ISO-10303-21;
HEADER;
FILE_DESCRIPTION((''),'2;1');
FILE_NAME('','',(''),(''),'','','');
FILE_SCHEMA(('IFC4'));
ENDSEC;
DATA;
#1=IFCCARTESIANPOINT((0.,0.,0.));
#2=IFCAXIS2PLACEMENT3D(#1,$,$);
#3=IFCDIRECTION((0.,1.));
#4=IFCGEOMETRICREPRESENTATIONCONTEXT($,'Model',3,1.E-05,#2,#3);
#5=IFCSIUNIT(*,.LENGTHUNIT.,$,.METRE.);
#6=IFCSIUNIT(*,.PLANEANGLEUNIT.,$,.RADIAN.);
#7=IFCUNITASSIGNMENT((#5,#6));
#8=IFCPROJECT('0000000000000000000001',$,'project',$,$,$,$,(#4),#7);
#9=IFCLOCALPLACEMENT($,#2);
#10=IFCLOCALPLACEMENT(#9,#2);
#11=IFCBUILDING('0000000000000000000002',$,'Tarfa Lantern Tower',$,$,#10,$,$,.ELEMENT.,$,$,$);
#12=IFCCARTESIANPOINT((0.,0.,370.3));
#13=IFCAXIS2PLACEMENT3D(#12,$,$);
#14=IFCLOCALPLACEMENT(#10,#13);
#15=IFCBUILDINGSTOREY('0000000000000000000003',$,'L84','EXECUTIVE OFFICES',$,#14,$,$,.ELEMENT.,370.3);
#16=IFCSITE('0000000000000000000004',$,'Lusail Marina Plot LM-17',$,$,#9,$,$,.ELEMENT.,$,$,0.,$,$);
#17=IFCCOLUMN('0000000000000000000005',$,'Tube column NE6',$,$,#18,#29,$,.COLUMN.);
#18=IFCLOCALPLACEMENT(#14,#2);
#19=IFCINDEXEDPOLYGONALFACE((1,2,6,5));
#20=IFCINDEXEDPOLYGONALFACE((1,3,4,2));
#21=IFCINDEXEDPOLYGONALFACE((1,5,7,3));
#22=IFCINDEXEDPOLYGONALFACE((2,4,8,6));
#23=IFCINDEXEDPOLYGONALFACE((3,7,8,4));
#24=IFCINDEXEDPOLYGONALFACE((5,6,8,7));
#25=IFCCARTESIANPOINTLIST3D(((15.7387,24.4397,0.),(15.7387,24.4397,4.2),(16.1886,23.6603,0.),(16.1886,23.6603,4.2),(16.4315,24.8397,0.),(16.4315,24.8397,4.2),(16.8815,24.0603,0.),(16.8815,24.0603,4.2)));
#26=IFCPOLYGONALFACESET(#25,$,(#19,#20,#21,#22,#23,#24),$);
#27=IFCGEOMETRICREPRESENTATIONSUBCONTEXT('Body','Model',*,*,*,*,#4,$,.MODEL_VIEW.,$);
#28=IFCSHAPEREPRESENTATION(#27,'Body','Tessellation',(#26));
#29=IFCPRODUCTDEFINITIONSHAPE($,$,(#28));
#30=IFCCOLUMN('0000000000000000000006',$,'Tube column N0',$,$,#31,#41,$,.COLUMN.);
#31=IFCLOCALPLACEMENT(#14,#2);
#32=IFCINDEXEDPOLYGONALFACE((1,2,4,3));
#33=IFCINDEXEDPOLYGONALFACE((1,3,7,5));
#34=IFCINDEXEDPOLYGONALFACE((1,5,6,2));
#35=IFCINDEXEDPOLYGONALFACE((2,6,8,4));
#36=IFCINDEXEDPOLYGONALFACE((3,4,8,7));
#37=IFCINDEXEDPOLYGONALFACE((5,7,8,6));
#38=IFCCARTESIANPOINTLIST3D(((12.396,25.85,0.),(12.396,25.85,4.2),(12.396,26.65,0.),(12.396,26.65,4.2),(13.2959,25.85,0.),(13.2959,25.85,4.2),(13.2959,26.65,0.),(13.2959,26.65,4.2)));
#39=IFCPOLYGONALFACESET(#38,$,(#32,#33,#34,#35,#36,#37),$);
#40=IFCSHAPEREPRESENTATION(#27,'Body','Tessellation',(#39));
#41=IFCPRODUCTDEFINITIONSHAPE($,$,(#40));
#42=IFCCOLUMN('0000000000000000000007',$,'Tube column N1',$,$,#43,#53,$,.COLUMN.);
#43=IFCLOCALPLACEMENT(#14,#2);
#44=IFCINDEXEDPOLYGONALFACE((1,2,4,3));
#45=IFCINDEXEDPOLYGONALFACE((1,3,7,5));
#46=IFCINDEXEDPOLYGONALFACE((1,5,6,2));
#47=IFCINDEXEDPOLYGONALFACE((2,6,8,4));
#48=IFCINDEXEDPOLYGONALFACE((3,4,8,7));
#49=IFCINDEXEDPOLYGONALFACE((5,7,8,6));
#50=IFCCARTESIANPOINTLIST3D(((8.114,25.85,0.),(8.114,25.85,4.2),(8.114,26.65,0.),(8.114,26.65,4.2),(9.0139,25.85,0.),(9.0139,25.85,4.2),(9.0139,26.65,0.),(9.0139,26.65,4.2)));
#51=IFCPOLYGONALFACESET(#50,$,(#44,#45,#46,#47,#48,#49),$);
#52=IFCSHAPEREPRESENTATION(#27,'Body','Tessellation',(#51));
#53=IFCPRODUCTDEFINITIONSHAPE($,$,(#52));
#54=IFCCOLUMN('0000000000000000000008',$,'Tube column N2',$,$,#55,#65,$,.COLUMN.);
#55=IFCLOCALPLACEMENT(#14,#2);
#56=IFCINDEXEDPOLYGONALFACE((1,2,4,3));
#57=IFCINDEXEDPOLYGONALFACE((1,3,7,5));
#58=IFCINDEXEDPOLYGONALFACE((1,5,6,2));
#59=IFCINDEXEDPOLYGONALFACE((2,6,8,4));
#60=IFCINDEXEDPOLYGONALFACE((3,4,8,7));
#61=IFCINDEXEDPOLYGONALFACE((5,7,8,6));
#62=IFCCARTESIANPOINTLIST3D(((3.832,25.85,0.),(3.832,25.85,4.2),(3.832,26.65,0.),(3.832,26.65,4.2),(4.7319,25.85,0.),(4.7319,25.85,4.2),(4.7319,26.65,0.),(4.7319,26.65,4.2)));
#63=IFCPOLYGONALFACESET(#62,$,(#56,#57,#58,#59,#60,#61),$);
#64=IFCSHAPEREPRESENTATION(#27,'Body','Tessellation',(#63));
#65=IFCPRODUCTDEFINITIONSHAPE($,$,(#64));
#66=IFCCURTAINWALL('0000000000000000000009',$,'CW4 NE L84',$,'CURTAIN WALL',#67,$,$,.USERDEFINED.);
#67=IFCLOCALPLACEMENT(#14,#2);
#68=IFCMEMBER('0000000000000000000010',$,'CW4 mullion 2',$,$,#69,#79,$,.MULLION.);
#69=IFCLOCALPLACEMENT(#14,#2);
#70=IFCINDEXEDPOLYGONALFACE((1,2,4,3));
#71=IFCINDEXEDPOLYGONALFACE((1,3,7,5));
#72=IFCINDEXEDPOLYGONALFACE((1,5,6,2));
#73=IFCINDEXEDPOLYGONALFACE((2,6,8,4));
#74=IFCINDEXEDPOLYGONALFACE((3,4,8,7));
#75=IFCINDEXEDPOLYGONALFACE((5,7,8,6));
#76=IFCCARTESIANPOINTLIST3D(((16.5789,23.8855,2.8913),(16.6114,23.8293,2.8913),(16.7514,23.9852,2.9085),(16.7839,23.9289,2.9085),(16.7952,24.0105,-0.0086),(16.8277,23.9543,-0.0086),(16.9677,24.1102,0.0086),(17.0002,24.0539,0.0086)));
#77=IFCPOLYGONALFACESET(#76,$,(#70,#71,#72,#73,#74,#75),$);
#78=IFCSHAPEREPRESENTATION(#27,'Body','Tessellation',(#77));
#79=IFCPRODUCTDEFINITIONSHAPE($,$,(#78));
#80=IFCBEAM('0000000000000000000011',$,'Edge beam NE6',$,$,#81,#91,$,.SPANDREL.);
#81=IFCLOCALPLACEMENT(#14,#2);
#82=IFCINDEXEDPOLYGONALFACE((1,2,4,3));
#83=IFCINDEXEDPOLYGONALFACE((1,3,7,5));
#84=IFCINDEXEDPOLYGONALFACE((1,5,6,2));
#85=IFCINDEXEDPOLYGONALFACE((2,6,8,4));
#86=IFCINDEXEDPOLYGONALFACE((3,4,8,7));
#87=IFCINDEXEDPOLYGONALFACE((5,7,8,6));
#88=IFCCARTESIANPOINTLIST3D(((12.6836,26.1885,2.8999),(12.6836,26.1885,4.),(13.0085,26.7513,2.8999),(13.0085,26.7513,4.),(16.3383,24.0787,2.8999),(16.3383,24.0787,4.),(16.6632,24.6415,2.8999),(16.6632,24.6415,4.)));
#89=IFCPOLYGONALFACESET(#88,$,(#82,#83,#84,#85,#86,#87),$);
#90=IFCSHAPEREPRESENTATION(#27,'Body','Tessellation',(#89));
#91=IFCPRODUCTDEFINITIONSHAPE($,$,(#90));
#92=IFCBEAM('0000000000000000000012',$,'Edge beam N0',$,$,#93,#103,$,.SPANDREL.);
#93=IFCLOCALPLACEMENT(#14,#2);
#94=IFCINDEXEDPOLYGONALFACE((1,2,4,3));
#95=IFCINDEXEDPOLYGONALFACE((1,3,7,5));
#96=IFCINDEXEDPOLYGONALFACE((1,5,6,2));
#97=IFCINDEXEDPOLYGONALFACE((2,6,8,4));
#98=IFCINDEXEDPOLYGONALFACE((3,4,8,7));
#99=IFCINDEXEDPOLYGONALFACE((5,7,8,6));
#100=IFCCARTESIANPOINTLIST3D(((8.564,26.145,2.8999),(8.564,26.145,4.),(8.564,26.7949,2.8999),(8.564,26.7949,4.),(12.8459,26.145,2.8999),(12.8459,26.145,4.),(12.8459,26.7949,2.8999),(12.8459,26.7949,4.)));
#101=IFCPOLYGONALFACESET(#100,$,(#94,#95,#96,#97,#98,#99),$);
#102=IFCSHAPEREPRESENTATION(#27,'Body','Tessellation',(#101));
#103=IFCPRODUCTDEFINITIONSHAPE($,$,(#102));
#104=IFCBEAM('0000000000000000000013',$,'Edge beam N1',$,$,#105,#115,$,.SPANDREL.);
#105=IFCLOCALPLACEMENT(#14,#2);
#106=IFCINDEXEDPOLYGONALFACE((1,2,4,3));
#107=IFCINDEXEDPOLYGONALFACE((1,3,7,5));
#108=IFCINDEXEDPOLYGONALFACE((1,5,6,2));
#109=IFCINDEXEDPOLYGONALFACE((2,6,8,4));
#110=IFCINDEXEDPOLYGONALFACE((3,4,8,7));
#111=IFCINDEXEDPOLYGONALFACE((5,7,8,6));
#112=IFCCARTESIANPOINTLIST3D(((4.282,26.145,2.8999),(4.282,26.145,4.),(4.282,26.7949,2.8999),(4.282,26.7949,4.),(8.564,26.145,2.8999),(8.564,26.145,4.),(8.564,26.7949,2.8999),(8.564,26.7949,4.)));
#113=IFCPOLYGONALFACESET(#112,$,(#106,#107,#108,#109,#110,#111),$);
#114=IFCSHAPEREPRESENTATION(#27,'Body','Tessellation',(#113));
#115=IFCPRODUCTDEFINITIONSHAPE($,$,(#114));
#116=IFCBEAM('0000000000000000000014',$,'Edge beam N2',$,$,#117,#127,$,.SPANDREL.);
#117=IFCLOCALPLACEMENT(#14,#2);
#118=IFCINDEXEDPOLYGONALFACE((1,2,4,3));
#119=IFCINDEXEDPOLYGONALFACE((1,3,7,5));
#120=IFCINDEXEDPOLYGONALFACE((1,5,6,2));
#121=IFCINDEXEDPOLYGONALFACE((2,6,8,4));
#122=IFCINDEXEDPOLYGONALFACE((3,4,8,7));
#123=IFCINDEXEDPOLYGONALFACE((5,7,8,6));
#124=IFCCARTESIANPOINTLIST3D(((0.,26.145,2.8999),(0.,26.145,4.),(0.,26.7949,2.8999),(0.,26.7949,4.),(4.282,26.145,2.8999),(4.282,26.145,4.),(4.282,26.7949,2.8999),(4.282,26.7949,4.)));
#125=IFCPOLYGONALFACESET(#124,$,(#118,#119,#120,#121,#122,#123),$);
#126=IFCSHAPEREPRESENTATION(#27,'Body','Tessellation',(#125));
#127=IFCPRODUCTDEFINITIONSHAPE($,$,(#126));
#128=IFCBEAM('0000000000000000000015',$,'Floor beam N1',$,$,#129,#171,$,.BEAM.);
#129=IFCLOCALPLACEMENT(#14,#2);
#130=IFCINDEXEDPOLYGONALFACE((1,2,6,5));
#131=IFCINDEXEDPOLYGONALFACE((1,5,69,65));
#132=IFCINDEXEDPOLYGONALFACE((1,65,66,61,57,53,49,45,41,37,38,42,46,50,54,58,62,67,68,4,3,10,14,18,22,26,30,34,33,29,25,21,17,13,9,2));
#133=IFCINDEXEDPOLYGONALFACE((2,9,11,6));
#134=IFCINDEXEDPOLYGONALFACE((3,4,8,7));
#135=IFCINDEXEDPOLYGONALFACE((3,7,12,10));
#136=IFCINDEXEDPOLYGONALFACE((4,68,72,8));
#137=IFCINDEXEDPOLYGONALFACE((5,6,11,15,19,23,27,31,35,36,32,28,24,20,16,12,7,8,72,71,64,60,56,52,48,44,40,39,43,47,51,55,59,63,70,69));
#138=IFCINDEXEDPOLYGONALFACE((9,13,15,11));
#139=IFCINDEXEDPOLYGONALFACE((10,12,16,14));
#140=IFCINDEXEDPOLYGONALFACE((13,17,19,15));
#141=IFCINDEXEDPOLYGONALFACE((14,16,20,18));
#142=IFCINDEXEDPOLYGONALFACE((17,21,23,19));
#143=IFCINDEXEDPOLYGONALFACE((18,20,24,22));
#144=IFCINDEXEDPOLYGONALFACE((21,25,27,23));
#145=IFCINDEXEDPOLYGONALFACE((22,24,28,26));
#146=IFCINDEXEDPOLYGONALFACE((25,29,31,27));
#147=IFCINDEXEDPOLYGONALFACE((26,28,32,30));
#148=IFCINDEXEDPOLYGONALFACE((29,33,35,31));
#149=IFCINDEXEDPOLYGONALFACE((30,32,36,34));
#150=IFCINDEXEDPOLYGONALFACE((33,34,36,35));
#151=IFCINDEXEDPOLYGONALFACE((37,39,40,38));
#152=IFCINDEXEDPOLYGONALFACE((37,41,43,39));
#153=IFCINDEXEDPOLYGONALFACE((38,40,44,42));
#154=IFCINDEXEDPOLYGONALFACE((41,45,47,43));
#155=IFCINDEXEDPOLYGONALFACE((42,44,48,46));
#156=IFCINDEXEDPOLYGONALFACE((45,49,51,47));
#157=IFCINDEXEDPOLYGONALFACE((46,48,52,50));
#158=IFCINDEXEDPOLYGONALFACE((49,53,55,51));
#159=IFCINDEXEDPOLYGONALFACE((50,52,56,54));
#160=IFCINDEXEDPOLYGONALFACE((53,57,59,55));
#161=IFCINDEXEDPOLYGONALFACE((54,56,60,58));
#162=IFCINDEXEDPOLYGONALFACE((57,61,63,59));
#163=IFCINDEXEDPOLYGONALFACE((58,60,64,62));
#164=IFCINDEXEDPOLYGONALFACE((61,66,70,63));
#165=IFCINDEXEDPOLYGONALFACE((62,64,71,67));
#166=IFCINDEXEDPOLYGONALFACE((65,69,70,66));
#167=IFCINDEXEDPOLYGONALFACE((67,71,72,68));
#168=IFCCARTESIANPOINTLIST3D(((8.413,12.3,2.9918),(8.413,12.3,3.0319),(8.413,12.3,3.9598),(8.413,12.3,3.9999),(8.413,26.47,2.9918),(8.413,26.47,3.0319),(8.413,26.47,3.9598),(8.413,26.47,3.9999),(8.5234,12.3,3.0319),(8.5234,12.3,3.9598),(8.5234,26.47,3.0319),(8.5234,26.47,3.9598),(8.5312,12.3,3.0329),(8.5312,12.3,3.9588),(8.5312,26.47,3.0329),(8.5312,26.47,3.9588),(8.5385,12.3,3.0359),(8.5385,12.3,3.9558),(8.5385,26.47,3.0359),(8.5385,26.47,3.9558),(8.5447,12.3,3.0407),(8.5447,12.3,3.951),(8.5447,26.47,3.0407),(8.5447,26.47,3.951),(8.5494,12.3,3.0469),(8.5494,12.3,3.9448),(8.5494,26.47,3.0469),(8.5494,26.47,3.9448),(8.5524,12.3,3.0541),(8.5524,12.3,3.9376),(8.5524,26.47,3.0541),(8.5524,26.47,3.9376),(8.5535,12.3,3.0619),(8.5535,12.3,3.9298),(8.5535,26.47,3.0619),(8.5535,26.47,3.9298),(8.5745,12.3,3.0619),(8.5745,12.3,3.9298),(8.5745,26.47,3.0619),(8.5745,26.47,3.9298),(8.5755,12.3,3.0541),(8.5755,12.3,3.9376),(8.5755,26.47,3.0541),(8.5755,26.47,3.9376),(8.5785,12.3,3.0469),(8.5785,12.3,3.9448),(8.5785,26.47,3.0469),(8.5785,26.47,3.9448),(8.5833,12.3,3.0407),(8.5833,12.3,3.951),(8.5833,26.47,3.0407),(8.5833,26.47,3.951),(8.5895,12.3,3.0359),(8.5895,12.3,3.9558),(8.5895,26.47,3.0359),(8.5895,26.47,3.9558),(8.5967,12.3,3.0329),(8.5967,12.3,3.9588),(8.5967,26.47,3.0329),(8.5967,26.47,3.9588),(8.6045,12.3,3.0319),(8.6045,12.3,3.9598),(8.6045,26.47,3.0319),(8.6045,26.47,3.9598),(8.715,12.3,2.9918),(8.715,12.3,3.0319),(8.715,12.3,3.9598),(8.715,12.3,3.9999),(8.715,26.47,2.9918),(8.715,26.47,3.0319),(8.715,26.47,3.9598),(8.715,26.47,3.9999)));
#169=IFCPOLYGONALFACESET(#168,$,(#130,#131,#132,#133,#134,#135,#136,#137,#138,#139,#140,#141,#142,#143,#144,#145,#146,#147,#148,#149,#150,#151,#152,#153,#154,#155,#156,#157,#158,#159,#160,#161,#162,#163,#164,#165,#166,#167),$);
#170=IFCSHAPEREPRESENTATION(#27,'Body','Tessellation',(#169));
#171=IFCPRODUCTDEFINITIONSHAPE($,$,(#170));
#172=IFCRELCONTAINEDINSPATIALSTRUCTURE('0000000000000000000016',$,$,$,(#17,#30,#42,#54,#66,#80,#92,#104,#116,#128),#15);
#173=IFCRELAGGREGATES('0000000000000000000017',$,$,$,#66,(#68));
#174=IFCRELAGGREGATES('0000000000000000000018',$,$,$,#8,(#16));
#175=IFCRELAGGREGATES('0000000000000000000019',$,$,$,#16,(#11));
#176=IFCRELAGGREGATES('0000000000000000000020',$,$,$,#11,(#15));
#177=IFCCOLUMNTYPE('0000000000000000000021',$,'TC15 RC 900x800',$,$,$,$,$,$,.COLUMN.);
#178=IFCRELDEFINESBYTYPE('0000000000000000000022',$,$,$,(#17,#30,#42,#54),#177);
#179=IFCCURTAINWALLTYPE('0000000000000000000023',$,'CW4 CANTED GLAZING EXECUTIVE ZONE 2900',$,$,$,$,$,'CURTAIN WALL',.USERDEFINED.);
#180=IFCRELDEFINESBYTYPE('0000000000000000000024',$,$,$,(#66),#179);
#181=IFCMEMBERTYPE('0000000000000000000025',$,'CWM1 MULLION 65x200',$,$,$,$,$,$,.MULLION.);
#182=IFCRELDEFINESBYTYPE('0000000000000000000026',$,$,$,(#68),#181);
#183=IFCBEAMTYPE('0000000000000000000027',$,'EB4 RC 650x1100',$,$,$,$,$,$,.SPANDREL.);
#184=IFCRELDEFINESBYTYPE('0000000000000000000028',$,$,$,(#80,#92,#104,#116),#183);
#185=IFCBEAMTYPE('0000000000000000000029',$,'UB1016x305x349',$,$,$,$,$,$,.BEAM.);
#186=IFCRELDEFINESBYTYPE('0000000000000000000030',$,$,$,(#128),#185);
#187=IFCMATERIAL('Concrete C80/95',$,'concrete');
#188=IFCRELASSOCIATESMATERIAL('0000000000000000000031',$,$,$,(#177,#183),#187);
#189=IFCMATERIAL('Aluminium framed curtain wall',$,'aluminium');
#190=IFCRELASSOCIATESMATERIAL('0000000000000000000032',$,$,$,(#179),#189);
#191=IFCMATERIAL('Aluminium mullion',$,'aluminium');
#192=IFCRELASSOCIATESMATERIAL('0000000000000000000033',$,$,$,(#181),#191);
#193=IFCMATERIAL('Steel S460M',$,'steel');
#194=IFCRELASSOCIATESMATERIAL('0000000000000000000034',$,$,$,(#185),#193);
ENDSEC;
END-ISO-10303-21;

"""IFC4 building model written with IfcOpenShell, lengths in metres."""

from ifc_helpers import new_model, si_unit, direction, frame, origin, origin_2d, place, context, subcontext, project, spatial, rectangle, i_section, extrude, material, material_profile, profile_set, type_object, element, aggregate, save


model = new_model("IFC4")

# Units and contexts
model_context = context("Model", 3, precision=1e-05, world=origin(), true_north=direction((0.0, 1.0)))
body_context = subcontext(model_context, "Body", "Model", "MODEL_VIEW")
ifc_project = project(units=[si_unit("LENGTHUNIT", "METRE"), si_unit("PLANEANGLEUNIT", "RADIAN")], contexts=[model_context])

# Site, building, storey
site_placement = place(None, origin())
site = spatial("IfcSite", under=ifc_project, at=site_placement, Name="Lusail Marina Plot LM-17", CompositionType="ELEMENT", RefElevation=0.0)
building_placement = place(site_placement, origin())
building = spatial("IfcBuilding", under=site, at=building_placement, Name="Tarfa Lantern Tower", CompositionType="ELEMENT")
storey_placement = place(building_placement, frame((0.0, 0.0, 370.3)))
storey = spatial("IfcBuildingStorey", under=building, at=storey_placement, Name="L84", Description="EXECUTIVE OFFICES", CompositionType="ELEMENT", Elevation=370.3)

# Columns
ifc_material_1 = material(Name="Concrete C80/95", Category="concrete")
ifc_material_profile_1 = material_profile(ifc_material_1, rectangle(XDim=0.8999, YDim=0.8, at=origin_2d()), Name="RC 900x800")
ifc_profile_set_1 = profile_set([ifc_material_profile_1], Name="Concrete C80/95")
column_type = type_object("IfcColumnType", Name="TC15 RC 900x800", PredefinedType="COLUMN", material=ifc_profile_set_1)
for number, where, z_axis, x_axis, name in (
    (1, (16.3101, 24.25, 0.0), (0.0, 0.0, 1.0), (-0.5, 0.866025, 0.0), "Tube column NE6"),
    (2, (12.8459, 26.25, 0.0), (0.0, 0.0, 1.0), (-1.0, 0.0, 0.0), "Tube column N0"),
    (3, (8.564, 26.25, 0.0), (0.0, 0.0, 1.0), (-1.0, 0.0, 0.0), "Tube column N1"),
    (4, (4.282, 26.25, 0.0), (0.0, 0.0, 1.0), (-1.0, 0.0, 0.0), "Tube column N2"),
):
    element("IfcColumn", number, at=place(storey_placement, frame(where, z_axis=z_axis, x_axis=x_axis)), inside=storey, type_object=column_type, Name=name, PredefinedType="COLUMN", context=body_context, shape_type="SweptSolid", body=[
        extrude(rectangle(XDim=0.8999, YDim=0.8, at=origin_2d()), origin(), (0.0, 0.0, 1.0), 4.2),
    ])

# Curtain wall, member
ifc_material_2 = material(Name="Aluminium framed curtain wall", Category="aluminium")
curtain_wall_type = type_object("IfcCurtainWallType", Name="CW4 CANTED GLAZING EXECUTIVE ZONE 2900", ElementType="CURTAIN WALL", PredefinedType="USERDEFINED", material=ifc_material_2)
curtain_wall_placement = place(storey_placement, origin())
curtain_wall = element("IfcCurtainWall", 5, at=curtain_wall_placement, inside=storey, type_object=curtain_wall_type, Name="CW4 NE L84", ObjectType="CURTAIN WALL", PredefinedType="USERDEFINED")
ifc_material_3 = material(Name="Aluminium mullion", Category="aluminium")
ifc_material_profile_2 = material_profile(ifc_material_3, rectangle(XDim=0.0649, YDim=0.2, at=origin_2d()), Name="AL MULLION 65x200")
ifc_profile_set_2 = profile_set([ifc_material_profile_2], Name="Aluminium mullion")
member_type = type_object("IfcMemberType", Name="CWM1 MULLION 65x200", PredefinedType="MULLION", material=ifc_profile_set_2)
member_placement = place(storey_placement, frame((16.8977, 24.0322, 0.0), z_axis=(-0.074316, -0.042946, 0.99631), x_axis=(0.500343, -0.865827, 0.0)))
member = element("IfcMember", 6, at=member_placement, type_object=member_type, Name="CW4 mullion 2", PredefinedType="MULLION", context=body_context, shape_type="SweptSolid", body=[
    extrude(rectangle(XDim=0.0649, YDim=0.2, at=origin_2d()), origin(), (0.0, 0.0, 1.0), 2.9106),
])
aggregate(curtain_wall, [member])

# Beams
ifc_material_profile_3 = material_profile(ifc_material_1, rectangle(XDim=0.6499, YDim=1.1001, at=origin_2d()), Name="RC 650x1100")
ifc_profile_set_3 = profile_set([ifc_material_profile_3], Name="Concrete C80/95")
beam_type_1 = type_object("IfcBeamType", Name="EB4 RC 650x1100", PredefinedType="SPANDREL", material=ifc_profile_set_3)
beam_1_placement = place(storey_placement, frame((16.5007, 24.3601, 3.45), z_axis=(-0.866049, 0.499959, 0.0), x_axis=(-0.499959, -0.866049, 0.0)))
element("IfcBeam", 7, at=beam_1_placement, inside=storey, type_object=beam_type_1, Name="Edge beam NE6", PredefinedType="SPANDREL", context=body_context, shape_type="SweptSolid", body=[
    extrude(rectangle(XDim=0.6499, YDim=1.1001, at=origin_2d()), origin(), (0.0, 0.0, 1.0), 4.22),
])
for number, where, z_axis, x_axis, name in (
    (8, (12.8459, 26.47, 3.45), (-1.0, 0.0, 0.0), (0.0, -1.0, 0.0), "Edge beam N0"),
    (9, (8.564, 26.47, 3.45), (-1.0, 0.0, 0.0), (0.0, -1.0, 0.0), "Edge beam N1"),
    (10, (4.282, 26.47, 3.45), (-1.0, 0.0, 0.0), (0.0, -1.0, 0.0), "Edge beam N2"),
):
    element("IfcBeam", number, at=place(storey_placement, frame(where, z_axis=z_axis, x_axis=x_axis)), inside=storey, type_object=beam_type_1, Name=name, PredefinedType="SPANDREL", context=body_context, shape_type="SweptSolid", body=[
        extrude(rectangle(XDim=0.6499, YDim=1.1001, at=origin_2d()), origin(), (0.0, 0.0, 1.0), 4.282),
    ])
ifc_material_4 = material(Name="Steel S460M", Category="steel")
ifc_material_profile_4 = material_profile(ifc_material_4, i_section(OverallWidth=0.302, OverallDepth=1.0081, WebThickness=0.021, FlangeThickness=0.04, FilletRadius=0.03, at=origin_2d()), Name="UB1016x305x349")
ifc_profile_set_4 = profile_set([ifc_material_profile_4], Name="Steel S460M")
beam_type_2 = type_object("IfcBeamType", Name="UB1016x305x349", PredefinedType="BEAM", material=ifc_profile_set_4)
for number, where, z_axis, x_axis, name in (
    (11, (8.564, 26.47, 3.4958), (0.0, -1.0, 0.0), (1.0, 0.0, 0.0), "Floor beam N1"),
):
    element("IfcBeam", number, at=place(storey_placement, frame(where, z_axis=z_axis, x_axis=x_axis)), inside=storey, type_object=beam_type_2, Name=name, PredefinedType="BEAM", context=body_context, shape_type="SweptSolid", body=[
        extrude(i_section(OverallWidth=0.302, OverallDepth=1.0081, WebThickness=0.021, FlangeThickness=0.04, FilletRadius=0.03, at=origin_2d()), origin(), (0.0, 0.0, 1.0), 14.1699),
    ])

save(model, "model.ifc")
